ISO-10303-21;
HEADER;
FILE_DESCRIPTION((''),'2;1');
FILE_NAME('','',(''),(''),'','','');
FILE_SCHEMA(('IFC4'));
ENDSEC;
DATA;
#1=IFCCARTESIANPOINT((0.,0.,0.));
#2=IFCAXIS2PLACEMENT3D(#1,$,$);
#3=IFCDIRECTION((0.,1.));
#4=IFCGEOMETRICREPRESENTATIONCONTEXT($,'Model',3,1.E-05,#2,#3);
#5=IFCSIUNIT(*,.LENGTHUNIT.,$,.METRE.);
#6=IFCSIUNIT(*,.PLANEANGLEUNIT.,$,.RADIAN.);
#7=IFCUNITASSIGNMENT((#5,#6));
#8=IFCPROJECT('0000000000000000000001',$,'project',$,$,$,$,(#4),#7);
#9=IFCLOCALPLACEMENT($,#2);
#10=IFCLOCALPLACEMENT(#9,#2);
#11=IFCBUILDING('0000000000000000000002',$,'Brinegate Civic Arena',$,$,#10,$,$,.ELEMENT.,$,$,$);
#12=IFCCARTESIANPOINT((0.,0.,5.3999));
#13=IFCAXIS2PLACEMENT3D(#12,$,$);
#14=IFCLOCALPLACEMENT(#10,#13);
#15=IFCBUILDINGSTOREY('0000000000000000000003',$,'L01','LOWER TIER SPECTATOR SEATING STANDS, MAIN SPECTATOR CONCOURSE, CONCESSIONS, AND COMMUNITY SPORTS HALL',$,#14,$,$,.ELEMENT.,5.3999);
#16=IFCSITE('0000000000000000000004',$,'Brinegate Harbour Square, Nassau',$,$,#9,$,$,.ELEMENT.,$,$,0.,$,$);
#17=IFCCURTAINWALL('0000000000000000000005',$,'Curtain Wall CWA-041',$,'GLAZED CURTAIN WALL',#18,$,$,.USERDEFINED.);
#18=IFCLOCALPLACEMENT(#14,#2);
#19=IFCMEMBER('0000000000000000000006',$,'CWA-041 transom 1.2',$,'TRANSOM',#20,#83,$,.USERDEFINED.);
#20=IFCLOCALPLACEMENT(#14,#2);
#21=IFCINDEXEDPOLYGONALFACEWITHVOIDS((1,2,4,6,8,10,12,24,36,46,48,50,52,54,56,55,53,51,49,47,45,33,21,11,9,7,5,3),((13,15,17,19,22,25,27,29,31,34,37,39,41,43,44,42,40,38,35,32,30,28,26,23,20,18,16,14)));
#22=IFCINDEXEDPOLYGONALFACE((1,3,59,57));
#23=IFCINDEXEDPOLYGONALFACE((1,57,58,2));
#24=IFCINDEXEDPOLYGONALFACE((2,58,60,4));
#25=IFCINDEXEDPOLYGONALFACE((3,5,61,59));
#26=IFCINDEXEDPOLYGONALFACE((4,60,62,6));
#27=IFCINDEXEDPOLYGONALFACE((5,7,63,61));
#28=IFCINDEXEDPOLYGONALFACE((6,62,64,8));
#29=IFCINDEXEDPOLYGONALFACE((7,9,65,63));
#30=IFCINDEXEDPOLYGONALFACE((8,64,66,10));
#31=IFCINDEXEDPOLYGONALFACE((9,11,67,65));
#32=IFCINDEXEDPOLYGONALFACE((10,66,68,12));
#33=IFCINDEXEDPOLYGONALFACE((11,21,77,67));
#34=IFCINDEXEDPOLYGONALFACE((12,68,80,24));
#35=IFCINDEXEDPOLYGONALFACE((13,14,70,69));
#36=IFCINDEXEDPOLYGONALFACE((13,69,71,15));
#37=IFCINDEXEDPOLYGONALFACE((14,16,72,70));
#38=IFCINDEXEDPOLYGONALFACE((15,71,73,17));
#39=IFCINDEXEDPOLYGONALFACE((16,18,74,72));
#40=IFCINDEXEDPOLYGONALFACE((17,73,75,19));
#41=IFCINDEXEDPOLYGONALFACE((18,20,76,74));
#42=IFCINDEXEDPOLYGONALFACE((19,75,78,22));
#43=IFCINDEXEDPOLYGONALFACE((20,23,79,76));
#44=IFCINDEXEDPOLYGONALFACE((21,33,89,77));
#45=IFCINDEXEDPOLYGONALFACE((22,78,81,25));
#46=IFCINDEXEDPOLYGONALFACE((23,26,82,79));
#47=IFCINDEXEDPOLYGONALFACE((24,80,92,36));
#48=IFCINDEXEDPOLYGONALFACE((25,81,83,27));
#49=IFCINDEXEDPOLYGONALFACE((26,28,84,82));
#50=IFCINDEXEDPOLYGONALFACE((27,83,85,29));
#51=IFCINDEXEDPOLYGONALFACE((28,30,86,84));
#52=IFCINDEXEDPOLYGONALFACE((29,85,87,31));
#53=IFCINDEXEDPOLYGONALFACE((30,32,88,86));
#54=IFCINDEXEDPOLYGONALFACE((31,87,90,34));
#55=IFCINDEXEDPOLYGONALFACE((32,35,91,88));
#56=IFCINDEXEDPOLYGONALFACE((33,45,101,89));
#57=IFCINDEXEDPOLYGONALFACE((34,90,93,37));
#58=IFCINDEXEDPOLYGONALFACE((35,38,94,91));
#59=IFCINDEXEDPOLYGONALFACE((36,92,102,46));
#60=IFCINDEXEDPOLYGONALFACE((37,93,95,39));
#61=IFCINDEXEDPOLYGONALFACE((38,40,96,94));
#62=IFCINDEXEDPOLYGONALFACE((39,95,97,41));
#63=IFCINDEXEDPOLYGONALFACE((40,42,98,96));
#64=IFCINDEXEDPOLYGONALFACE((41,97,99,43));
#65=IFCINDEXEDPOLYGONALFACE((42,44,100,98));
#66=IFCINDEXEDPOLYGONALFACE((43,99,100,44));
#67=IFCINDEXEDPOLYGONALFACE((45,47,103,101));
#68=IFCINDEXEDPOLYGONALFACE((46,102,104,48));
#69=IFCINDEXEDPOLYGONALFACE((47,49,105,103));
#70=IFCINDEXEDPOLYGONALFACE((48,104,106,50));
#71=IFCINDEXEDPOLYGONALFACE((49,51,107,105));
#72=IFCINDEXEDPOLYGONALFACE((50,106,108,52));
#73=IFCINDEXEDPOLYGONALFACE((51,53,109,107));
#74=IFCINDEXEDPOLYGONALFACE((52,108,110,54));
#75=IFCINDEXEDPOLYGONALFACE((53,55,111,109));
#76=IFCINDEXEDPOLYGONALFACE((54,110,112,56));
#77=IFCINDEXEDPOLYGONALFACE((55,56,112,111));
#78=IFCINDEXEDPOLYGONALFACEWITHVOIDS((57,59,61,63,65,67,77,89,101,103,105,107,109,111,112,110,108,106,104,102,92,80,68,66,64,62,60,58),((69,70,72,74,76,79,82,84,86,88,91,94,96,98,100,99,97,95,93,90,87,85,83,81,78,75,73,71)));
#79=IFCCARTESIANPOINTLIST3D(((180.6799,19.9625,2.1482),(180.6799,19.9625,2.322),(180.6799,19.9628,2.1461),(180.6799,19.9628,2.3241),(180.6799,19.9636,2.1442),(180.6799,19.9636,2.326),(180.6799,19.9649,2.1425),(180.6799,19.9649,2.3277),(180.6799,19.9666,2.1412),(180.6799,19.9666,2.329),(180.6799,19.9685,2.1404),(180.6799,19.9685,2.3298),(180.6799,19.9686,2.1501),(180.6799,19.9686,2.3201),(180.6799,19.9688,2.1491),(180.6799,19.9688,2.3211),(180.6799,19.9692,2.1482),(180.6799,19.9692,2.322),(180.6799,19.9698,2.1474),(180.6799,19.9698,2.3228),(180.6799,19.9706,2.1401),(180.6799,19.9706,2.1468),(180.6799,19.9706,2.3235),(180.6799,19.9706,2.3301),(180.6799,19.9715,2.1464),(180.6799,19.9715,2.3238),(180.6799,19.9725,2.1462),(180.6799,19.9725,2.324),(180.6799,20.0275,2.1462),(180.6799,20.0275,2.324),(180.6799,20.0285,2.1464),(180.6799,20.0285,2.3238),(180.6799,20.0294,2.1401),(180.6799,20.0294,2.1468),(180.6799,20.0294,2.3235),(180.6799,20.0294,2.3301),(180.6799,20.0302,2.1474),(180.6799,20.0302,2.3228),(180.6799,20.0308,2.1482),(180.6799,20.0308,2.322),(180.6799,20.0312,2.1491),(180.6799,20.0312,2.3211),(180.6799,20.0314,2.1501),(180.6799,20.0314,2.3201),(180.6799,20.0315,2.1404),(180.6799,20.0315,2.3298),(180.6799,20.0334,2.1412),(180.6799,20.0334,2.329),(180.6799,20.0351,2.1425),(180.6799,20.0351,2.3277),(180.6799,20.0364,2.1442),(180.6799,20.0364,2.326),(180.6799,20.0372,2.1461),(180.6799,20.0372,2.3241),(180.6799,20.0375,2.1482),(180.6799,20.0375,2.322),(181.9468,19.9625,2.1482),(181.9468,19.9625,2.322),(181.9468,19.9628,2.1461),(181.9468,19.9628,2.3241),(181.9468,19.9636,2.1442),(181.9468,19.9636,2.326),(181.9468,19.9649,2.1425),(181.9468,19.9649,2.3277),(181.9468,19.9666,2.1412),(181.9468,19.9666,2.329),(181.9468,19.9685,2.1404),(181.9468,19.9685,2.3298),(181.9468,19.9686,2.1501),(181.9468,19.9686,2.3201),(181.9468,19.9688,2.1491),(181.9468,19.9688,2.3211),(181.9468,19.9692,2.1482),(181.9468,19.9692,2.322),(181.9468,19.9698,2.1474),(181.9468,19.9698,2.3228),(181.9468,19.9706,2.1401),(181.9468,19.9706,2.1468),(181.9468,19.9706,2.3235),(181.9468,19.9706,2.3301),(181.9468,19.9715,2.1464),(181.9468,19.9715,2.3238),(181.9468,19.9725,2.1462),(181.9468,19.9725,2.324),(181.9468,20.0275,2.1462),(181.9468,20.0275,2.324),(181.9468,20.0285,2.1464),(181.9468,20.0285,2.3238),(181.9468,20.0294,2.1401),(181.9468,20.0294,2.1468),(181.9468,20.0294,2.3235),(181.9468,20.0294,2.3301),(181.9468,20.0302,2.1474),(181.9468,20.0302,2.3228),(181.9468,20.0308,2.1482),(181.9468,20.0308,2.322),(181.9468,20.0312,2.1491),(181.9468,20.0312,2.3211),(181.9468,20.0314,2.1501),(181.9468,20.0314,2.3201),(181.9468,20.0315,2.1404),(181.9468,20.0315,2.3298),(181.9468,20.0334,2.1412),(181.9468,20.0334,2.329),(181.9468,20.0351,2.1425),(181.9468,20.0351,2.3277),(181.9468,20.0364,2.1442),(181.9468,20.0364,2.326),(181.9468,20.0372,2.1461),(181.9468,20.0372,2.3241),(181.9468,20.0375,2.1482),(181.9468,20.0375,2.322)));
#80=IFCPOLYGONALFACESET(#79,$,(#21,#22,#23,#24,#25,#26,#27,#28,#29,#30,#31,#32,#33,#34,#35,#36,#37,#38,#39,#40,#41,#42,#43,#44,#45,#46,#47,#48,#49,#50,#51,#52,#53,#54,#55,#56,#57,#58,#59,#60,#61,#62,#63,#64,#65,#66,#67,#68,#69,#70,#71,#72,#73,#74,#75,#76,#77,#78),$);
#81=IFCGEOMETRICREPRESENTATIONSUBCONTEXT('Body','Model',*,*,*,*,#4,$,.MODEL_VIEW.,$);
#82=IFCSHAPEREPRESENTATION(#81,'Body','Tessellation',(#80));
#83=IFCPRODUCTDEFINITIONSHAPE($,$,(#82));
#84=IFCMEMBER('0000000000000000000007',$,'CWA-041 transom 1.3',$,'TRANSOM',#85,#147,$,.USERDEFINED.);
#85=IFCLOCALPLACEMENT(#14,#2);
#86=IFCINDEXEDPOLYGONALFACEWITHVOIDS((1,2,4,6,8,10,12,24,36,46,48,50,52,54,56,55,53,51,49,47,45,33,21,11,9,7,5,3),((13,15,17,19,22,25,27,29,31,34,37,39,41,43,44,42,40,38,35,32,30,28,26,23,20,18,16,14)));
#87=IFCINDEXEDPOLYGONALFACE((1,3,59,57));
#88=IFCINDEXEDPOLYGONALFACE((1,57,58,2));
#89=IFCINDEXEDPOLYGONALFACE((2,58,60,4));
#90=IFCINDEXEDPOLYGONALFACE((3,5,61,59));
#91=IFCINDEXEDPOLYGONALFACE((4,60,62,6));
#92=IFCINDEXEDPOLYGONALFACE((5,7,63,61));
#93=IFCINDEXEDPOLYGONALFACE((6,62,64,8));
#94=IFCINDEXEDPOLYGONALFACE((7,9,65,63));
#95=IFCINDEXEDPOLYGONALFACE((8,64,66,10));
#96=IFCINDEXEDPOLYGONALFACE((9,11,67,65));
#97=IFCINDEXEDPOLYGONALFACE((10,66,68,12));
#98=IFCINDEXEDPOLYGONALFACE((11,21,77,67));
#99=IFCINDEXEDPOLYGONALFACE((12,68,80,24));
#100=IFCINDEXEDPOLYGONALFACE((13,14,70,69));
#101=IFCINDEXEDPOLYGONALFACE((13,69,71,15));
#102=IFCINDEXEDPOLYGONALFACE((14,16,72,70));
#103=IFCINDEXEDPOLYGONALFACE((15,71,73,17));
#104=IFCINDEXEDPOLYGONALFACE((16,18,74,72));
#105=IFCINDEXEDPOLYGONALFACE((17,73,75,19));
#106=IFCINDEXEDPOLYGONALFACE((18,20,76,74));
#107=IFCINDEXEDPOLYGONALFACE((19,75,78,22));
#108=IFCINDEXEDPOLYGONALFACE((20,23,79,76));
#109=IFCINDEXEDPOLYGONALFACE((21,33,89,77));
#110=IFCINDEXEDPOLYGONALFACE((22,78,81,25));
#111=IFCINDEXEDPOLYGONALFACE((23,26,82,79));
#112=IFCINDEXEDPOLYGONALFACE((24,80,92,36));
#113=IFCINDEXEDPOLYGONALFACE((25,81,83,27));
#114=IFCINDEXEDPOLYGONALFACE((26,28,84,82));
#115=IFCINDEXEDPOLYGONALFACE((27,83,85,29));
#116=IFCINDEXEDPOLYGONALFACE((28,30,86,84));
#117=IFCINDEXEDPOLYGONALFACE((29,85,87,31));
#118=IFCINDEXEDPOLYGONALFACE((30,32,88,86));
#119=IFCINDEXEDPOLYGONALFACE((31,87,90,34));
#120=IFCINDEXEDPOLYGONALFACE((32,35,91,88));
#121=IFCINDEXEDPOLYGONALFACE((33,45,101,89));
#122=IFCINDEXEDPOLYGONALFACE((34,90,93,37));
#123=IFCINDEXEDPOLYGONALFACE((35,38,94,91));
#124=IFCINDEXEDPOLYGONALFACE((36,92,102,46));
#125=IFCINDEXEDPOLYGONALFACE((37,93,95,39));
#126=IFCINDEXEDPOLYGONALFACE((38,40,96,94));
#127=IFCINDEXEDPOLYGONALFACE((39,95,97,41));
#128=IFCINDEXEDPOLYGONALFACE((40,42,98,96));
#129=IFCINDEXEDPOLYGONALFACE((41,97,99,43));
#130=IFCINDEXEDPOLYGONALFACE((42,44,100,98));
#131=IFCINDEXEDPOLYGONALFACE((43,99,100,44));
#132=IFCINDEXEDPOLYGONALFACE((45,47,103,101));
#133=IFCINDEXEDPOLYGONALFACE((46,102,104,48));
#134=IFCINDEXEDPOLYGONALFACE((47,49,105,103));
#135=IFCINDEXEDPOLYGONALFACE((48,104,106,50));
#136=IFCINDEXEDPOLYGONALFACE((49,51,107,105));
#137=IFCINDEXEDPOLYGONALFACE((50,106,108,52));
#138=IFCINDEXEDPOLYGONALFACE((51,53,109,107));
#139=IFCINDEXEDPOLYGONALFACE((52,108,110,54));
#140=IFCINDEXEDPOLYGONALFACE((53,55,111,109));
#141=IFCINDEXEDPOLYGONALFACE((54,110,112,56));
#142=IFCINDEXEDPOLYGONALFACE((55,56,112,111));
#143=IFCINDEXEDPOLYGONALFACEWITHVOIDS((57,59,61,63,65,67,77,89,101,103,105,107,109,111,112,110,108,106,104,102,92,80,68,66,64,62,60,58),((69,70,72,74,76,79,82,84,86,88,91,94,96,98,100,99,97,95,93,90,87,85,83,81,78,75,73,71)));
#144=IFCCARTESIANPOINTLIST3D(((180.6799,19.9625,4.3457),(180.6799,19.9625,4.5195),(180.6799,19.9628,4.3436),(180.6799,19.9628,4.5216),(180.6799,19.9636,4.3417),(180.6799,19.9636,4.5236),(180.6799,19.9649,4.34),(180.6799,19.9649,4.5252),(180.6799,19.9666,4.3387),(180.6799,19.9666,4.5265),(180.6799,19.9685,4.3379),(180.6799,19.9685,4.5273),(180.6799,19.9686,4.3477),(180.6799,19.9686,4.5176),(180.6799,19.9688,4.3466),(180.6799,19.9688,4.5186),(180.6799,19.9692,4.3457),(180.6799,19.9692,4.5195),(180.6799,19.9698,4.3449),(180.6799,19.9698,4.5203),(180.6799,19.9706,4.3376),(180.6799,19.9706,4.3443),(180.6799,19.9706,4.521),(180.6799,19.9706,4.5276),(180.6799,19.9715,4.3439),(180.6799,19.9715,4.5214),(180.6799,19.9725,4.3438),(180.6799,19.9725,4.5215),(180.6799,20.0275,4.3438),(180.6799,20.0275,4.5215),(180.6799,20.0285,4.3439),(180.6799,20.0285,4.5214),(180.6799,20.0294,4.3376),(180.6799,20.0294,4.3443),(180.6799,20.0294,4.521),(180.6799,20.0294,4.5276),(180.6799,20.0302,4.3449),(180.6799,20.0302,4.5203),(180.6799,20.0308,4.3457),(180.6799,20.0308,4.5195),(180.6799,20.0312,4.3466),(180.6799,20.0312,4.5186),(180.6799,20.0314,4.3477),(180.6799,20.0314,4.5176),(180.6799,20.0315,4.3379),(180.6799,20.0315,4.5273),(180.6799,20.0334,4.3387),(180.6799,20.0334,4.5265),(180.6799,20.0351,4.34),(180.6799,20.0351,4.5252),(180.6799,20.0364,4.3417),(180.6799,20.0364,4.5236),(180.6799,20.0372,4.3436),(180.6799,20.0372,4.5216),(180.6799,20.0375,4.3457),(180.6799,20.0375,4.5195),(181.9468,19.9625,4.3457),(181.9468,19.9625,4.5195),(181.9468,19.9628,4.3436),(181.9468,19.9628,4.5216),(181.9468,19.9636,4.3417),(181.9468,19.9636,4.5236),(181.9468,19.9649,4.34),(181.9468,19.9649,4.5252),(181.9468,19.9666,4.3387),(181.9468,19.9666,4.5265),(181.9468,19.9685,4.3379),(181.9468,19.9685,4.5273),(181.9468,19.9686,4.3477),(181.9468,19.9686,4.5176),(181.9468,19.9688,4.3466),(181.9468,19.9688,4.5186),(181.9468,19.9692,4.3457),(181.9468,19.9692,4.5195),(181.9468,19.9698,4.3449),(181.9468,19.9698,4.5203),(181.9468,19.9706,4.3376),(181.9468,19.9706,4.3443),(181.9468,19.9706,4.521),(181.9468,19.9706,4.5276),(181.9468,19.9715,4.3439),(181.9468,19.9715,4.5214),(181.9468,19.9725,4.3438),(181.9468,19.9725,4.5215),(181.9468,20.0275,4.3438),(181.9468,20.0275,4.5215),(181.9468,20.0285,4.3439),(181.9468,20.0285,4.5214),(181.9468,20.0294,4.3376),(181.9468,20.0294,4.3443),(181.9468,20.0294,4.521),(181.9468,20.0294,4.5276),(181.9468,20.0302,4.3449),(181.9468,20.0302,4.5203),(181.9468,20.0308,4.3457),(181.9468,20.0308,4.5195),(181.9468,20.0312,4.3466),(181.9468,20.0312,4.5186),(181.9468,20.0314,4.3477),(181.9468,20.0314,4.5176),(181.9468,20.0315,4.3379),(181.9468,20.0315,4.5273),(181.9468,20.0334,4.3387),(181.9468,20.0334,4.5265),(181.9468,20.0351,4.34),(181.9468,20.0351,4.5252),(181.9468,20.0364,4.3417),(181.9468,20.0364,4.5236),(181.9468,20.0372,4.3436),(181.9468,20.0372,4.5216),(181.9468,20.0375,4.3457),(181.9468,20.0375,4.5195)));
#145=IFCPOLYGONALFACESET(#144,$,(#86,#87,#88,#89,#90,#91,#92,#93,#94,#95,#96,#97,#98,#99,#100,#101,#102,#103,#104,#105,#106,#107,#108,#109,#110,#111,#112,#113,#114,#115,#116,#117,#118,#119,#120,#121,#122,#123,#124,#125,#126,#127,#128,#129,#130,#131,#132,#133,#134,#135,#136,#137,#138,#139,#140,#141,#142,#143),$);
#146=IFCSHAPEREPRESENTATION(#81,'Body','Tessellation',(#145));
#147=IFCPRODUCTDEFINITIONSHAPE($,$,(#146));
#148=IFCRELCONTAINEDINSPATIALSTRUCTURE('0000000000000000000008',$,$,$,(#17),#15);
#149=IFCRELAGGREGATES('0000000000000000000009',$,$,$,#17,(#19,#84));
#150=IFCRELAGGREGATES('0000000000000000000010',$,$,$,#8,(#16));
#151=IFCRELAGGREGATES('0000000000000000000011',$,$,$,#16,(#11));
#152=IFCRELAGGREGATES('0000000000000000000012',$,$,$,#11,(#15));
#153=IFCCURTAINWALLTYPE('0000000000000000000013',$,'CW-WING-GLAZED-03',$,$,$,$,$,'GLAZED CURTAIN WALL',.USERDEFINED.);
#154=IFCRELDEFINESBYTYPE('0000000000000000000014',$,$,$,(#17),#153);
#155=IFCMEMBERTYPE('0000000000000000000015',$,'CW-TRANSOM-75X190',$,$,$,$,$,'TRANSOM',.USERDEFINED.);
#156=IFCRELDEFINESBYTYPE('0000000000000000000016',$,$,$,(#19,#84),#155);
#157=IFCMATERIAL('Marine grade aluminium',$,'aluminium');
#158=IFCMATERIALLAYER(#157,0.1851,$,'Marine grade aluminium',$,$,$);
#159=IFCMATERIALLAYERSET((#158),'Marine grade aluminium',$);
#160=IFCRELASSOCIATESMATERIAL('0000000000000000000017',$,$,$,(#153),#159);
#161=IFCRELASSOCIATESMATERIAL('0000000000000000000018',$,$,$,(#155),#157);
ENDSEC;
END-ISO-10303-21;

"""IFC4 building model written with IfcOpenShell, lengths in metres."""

from ifc_helpers import new_model, si_unit, direction, frame, origin, origin_2d, place, context, subcontext, project, spatial, hollow_rectangle, extrude, material, layer, layer_set, material_profile, profile_set, type_object, element, aggregate, save


model = new_model("IFC4")

# Units and contexts
model_context = context("Model", 3, precision=1e-05, world=origin(), true_north=direction((0.0, 1.0)))
body_context = subcontext(model_context, "Body", "Model", "MODEL_VIEW")
ifc_project = project(units=[si_unit("LENGTHUNIT", "METRE"), si_unit("PLANEANGLEUNIT", "RADIAN")], contexts=[model_context])

# Site, building, storey
site_placement = place(None, origin())
site = spatial("IfcSite", under=ifc_project, at=site_placement, Name="Brinegate Harbour Square, Nassau", CompositionType="ELEMENT", RefElevation=0.0)
building_placement = place(site_placement, origin())
building = spatial("IfcBuilding", under=site, at=building_placement, Name="Brinegate Civic Arena", CompositionType="ELEMENT")
storey_placement = place(building_placement, frame((0.0, 0.0, 5.3999)))
storey = spatial("IfcBuildingStorey", under=building, at=storey_placement, Name="L01", Description="LOWER TIER SPECTATOR SEATING STANDS, MAIN SPECTATOR CONCOURSE, CONCESSIONS, AND COMMUNITY SPORTS HALL", CompositionType="ELEMENT", Elevation=5.3999)

# Curtain wall
ifc_material_1 = material(Name="Marine grade aluminium", Category="aluminium")
ifc_layer_1 = layer(ifc_material_1, 0.1851, Name="Marine grade aluminium")
ifc_layer_set_1 = layer_set([ifc_layer_1], Name="Marine grade aluminium")
curtain_wall_type = type_object("IfcCurtainWallType", Name="CW-WING-GLAZED-03", ElementType="GLAZED CURTAIN WALL", PredefinedType="USERDEFINED", material=ifc_layer_set_1)
curtain_wall_1_placement = place(storey_placement, origin())
curtain_wall_1 = element("IfcCurtainWall", 1, at=curtain_wall_1_placement, inside=storey, type_object=curtain_wall_type, Name="Curtain Wall CWA-041", ObjectType="GLAZED CURTAIN WALL", PredefinedType="USERDEFINED")

# Members
ifc_material_profile_1 = material_profile(ifc_material_1, hollow_rectangle(XDim=0.075, YDim=0.1899, WallThickness=0.0061, InnerFilletRadius=0.0039, OuterFilletRadius=0.0081, at=origin_2d()), Name="TRN75X190")
ifc_profile_set_1 = profile_set([ifc_material_profile_1], Name="Marine grade aluminium")
member_type_1 = type_object("IfcMemberType", Name="CW-TRANSOM-75X190", ElementType="TRANSOM", PredefinedType="USERDEFINED", material=ifc_profile_set_1)
member_1_placement = place(storey_placement, frame((180.6799, 20.0, 2.2351), z_axis=(1.0, 0.0, 0.0), x_axis=(0.0, 1.0, 0.0)))
member_1 = element("IfcMember", 2, at=member_1_placement, type_object=member_type_1, Name="CWA-041 transom 1.2", ObjectType="TRANSOM", PredefinedType="USERDEFINED", context=body_context, shape_type="SweptSolid", body=[
    extrude(hollow_rectangle(XDim=0.075, YDim=0.1899, WallThickness=0.0061, InnerFilletRadius=0.0039, OuterFilletRadius=0.0081, at=origin_2d()), origin(), (0.0, 0.0, 1.0), 1.2668),
])
member_2_placement = place(storey_placement, frame((180.6799, 20.0, 4.4326), z_axis=(1.0, 0.0, 0.0), x_axis=(0.0, 1.0, 0.0)))
member_2 = element("IfcMember", 3, at=member_2_placement, type_object=member_type_1, Name="CWA-041 transom 1.3", ObjectType="TRANSOM", PredefinedType="USERDEFINED", context=body_context, shape_type="SweptSolid", body=[
    extrude(hollow_rectangle(XDim=0.075, YDim=0.1899, WallThickness=0.0061, InnerFilletRadius=0.0039, OuterFilletRadius=0.0081, at=origin_2d()), origin(), (0.0, 0.0, 1.0), 1.2668),
])

aggregate(curtain_wall_1, [member_1, member_2])

save(model, "model.ifc")
